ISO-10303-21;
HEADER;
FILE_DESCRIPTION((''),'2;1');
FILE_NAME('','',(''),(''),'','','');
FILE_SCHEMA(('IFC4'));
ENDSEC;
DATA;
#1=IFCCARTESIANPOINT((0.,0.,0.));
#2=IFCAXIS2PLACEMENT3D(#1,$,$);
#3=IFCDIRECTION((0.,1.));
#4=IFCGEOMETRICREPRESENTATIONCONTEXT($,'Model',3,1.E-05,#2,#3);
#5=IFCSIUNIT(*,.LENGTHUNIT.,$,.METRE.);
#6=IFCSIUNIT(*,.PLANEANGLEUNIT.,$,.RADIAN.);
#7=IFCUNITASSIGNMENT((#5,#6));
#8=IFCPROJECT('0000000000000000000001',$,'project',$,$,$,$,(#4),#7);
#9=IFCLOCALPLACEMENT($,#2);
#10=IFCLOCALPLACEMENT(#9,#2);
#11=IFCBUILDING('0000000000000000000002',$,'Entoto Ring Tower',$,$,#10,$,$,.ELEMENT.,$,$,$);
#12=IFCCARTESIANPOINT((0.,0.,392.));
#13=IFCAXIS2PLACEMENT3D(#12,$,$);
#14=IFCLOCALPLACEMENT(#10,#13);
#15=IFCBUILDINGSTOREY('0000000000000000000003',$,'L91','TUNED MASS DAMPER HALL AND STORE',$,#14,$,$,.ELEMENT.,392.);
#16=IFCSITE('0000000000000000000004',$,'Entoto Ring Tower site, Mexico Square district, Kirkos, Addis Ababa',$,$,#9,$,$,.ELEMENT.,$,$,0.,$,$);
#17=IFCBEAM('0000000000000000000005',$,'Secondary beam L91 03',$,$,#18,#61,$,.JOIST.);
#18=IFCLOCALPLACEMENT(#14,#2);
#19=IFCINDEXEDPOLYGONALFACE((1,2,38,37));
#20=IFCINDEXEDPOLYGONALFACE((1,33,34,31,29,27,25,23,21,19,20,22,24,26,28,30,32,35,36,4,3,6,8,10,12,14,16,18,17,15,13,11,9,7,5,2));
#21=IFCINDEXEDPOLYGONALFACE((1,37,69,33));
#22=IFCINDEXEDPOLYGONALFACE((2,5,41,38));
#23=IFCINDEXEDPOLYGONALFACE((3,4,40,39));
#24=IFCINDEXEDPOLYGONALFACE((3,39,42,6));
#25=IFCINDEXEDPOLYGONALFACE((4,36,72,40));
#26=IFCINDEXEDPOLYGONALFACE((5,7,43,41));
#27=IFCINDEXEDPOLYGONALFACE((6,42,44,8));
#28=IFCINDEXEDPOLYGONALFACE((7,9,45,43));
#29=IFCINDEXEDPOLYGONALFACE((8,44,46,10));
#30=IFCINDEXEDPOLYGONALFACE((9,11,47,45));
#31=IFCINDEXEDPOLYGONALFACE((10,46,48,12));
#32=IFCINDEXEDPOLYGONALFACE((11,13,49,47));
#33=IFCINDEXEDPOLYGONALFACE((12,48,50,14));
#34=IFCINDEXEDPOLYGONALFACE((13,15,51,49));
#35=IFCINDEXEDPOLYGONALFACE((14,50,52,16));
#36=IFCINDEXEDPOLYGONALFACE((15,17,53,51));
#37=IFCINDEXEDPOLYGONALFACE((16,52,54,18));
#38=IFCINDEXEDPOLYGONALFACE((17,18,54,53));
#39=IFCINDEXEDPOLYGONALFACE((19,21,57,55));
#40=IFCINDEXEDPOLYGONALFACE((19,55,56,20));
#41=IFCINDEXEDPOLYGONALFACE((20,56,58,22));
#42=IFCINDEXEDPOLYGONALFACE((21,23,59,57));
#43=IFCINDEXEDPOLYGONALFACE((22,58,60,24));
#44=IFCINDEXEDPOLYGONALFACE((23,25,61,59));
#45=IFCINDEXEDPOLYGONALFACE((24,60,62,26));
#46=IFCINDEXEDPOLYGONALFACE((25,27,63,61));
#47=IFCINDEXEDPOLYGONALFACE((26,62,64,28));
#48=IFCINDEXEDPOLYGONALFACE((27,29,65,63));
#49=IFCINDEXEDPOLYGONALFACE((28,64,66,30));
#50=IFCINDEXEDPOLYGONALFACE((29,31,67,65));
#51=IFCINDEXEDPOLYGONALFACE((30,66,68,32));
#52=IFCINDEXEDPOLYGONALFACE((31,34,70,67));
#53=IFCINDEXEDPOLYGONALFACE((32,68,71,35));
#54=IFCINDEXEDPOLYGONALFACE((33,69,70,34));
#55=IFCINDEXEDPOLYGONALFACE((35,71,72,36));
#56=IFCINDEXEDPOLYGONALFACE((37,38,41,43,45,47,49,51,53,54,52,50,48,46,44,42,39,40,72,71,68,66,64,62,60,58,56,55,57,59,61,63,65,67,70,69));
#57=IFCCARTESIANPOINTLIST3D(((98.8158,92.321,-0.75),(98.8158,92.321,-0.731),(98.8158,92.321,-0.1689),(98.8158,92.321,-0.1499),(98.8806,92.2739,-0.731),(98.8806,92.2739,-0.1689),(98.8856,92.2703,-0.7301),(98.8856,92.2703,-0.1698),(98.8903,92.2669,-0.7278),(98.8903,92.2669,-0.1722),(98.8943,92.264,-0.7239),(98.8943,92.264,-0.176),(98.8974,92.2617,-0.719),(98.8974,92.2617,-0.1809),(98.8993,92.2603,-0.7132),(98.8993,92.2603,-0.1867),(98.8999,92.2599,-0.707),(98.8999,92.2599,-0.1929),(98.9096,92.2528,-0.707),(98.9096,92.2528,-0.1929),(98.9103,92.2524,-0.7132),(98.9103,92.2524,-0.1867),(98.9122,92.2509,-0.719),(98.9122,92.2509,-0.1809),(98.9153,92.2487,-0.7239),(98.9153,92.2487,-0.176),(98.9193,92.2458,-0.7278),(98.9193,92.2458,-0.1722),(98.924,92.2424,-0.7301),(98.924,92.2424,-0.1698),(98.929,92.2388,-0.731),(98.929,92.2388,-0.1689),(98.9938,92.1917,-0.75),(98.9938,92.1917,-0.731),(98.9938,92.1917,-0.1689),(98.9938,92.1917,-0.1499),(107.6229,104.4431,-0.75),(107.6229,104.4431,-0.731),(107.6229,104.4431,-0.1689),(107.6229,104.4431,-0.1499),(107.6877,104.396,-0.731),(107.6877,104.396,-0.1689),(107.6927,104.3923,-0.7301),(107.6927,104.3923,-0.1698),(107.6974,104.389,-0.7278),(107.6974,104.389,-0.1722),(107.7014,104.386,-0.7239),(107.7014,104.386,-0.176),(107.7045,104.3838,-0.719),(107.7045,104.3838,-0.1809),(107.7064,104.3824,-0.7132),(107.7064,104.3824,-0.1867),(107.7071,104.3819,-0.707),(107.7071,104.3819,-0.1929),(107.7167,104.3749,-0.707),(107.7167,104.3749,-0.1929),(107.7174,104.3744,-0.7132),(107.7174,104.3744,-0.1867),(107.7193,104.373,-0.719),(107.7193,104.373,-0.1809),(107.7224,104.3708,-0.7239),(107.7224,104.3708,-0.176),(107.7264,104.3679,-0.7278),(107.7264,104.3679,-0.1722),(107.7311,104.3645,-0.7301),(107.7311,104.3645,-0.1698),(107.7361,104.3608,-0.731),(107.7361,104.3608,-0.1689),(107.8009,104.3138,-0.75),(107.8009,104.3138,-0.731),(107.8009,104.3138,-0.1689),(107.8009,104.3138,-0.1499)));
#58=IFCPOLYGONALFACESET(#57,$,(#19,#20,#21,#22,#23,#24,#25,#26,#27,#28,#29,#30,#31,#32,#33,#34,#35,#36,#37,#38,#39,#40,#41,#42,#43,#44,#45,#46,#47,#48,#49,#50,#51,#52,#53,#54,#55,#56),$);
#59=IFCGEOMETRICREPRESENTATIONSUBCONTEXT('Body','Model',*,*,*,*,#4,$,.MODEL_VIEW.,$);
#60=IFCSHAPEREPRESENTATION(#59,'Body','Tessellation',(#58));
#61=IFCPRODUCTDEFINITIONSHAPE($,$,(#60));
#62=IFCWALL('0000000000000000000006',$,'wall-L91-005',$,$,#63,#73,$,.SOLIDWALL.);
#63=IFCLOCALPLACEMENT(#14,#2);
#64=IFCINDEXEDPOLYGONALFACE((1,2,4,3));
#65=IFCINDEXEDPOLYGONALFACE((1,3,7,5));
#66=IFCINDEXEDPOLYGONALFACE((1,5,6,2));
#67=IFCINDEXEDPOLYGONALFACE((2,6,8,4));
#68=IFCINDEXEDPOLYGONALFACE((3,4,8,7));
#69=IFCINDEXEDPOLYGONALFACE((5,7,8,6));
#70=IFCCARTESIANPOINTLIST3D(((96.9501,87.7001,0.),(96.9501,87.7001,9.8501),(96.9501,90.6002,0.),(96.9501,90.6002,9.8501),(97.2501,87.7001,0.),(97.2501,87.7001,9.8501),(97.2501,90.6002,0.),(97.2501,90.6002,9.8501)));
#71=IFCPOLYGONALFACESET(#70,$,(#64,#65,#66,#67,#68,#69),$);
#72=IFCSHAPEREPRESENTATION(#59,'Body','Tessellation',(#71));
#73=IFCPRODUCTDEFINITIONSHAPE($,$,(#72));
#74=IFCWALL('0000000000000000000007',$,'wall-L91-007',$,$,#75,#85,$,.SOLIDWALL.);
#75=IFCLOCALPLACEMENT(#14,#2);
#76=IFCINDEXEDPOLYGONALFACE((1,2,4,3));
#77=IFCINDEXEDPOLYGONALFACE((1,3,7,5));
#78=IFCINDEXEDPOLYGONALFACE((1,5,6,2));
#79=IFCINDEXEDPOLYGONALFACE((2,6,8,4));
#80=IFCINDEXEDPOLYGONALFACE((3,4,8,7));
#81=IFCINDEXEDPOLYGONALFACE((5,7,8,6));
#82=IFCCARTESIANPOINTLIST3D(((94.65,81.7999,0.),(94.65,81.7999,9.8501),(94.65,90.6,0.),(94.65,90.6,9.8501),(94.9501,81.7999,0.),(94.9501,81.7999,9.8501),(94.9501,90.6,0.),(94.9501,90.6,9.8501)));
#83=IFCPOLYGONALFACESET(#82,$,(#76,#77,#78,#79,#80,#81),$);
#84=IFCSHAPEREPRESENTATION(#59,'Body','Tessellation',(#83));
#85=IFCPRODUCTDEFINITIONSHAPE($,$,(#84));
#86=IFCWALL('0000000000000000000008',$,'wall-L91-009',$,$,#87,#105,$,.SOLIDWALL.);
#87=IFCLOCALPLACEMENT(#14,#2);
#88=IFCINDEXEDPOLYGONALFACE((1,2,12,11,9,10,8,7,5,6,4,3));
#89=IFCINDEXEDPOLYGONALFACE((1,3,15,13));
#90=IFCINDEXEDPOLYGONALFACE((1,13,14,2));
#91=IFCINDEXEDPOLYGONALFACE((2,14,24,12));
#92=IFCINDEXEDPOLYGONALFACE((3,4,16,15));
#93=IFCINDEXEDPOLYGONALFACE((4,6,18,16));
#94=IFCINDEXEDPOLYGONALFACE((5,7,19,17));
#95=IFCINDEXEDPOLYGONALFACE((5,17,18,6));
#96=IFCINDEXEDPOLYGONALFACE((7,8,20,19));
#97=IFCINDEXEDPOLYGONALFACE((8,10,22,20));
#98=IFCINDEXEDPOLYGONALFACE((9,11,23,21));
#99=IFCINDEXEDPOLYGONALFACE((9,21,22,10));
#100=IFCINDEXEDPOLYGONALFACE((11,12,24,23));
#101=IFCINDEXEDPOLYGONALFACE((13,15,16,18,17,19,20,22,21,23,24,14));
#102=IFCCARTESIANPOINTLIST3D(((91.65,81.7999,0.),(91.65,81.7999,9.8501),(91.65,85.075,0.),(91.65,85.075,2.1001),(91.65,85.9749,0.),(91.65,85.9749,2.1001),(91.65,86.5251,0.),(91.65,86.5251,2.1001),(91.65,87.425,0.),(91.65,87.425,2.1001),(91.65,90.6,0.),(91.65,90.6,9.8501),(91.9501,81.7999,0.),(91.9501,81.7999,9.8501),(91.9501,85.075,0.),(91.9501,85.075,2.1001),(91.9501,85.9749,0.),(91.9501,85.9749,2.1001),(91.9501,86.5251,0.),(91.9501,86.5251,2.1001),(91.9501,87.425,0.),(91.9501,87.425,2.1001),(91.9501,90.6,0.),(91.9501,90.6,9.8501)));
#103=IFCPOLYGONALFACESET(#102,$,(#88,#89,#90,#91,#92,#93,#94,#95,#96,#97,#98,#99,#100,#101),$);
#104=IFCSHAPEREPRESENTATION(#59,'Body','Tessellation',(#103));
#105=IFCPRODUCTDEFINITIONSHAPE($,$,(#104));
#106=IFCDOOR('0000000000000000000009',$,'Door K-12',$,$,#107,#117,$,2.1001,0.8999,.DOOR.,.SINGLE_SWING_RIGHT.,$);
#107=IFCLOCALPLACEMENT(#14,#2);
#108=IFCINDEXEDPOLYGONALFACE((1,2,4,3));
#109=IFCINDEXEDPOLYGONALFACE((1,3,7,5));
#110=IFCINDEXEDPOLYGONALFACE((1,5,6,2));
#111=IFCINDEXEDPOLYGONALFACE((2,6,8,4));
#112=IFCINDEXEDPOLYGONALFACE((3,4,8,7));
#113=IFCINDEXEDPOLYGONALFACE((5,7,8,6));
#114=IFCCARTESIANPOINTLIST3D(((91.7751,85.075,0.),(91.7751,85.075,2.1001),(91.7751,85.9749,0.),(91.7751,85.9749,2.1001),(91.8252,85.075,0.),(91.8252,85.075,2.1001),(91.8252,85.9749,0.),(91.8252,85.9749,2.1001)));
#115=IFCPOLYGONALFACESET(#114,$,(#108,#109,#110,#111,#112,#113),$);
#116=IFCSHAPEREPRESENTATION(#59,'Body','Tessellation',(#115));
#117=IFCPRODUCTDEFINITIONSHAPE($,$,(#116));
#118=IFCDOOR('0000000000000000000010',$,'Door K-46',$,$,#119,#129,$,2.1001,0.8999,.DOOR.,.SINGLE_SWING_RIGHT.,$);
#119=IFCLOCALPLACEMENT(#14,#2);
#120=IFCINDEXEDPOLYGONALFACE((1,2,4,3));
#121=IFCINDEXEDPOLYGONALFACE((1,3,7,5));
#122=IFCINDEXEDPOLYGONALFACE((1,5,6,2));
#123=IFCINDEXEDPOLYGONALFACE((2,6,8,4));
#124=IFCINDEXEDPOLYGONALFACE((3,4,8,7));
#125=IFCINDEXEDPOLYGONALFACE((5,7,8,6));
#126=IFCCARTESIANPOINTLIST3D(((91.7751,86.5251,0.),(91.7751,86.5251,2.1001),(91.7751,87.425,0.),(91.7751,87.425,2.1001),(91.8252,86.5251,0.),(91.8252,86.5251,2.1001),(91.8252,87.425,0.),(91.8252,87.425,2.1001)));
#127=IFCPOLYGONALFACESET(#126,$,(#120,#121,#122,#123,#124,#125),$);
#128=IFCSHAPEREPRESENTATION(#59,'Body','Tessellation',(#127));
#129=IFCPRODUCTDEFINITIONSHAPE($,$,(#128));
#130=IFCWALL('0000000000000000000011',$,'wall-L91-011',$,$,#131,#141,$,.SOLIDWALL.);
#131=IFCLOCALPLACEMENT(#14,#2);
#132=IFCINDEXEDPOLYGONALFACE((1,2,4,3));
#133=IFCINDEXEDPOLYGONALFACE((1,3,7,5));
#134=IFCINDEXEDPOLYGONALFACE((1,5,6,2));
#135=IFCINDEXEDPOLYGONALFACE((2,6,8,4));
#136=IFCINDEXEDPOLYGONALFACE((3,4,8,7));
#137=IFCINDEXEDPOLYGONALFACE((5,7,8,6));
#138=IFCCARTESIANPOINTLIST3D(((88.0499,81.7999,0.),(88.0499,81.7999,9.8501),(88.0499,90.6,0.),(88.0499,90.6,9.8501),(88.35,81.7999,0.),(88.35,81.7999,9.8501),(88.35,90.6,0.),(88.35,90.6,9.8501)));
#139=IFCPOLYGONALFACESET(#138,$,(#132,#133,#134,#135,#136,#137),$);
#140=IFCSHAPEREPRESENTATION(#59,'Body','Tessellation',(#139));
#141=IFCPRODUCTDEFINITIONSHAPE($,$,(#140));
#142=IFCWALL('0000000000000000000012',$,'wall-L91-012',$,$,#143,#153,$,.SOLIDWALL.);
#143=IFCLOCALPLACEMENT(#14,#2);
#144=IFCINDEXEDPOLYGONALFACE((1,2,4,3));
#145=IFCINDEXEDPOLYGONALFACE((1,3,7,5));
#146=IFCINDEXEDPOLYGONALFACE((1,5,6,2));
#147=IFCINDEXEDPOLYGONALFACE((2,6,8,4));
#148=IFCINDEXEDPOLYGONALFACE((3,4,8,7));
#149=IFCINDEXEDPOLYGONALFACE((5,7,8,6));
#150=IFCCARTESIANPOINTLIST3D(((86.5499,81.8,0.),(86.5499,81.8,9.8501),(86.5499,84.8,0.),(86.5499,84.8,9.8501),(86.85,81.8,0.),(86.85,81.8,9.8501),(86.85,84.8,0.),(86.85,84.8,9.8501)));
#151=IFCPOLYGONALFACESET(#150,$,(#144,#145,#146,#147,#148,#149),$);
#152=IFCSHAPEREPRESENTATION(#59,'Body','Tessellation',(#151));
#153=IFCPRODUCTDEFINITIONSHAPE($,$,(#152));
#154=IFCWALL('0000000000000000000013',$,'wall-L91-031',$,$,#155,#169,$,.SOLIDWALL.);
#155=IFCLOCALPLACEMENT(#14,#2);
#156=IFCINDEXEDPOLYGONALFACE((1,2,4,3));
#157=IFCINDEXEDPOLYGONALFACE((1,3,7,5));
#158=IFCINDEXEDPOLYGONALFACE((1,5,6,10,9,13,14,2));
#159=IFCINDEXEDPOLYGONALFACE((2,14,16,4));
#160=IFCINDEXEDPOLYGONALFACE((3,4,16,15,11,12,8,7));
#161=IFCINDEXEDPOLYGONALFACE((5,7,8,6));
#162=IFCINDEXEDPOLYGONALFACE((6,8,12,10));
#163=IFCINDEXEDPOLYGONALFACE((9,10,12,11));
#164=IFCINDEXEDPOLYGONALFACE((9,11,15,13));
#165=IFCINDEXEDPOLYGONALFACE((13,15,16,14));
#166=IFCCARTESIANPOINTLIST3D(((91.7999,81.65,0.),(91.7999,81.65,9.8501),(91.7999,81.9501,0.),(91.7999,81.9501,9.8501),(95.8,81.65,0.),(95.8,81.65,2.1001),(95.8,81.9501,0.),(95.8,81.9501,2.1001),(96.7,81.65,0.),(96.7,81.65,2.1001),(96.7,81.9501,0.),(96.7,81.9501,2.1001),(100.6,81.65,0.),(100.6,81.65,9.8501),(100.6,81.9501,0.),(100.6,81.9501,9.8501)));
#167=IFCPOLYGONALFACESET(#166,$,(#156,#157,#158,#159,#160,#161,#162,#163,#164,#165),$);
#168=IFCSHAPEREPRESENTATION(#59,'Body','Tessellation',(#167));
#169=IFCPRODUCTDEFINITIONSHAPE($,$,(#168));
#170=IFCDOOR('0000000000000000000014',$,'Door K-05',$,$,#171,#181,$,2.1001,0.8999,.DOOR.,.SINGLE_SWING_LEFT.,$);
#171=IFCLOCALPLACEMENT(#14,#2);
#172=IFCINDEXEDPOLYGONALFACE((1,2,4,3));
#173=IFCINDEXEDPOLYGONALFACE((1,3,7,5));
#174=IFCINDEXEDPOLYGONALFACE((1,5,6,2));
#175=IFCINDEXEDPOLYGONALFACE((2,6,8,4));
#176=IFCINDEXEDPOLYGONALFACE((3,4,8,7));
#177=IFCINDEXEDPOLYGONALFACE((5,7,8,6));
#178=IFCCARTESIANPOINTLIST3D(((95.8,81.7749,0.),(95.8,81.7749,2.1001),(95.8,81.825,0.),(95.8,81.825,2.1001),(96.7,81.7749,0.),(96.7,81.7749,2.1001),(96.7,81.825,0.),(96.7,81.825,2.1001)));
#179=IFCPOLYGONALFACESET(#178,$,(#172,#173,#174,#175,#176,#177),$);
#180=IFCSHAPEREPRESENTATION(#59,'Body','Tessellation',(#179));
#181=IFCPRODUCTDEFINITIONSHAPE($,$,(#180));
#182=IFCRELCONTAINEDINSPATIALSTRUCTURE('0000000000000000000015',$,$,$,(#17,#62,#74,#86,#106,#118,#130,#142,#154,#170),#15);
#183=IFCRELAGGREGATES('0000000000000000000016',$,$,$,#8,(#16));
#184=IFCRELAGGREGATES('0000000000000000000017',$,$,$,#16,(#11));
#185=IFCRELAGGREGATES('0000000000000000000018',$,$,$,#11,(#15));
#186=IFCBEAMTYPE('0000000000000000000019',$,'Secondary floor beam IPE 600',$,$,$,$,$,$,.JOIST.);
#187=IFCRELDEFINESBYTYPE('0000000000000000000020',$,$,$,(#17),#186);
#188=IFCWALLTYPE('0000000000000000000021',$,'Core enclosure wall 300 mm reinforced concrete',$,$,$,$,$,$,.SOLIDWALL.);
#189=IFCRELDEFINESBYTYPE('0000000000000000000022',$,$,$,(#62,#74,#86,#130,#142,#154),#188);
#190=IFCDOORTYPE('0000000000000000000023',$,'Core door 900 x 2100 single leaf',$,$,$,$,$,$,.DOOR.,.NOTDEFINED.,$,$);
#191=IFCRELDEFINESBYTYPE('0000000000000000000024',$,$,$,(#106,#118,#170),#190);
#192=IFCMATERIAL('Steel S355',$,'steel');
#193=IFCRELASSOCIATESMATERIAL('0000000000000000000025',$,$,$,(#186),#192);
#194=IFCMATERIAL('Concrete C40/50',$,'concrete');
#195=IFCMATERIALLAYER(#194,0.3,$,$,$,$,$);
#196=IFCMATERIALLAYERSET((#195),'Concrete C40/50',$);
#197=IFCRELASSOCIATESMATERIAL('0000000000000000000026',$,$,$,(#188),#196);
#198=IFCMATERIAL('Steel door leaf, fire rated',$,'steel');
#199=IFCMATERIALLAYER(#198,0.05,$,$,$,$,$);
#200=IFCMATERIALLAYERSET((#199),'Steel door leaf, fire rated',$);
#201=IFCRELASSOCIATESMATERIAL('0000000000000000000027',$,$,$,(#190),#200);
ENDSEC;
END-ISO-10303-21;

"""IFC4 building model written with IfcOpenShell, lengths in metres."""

from ifc_helpers import new_model, si_unit, direction, frame, frame_2d, origin, origin_2d, place, context, subcontext, project, spatial, rectangle, i_section, extrude, material, layer, layer_set, material_profile, profile_set, type_object, element, fill, save


model = new_model("IFC4")

# Units and contexts
model_context = context("Model", 3, precision=1e-05, world=origin(), true_north=direction((0.0, 1.0)))
body_context = subcontext(model_context, "Body", "Model", "MODEL_VIEW")
ifc_project = project(units=[si_unit("LENGTHUNIT", "METRE"), si_unit("PLANEANGLEUNIT", "RADIAN")], contexts=[model_context])

# Site, building, storey
site_placement = place(None, origin())
site = spatial("IfcSite", under=ifc_project, at=site_placement, Name="Entoto Ring Tower site, Mexico Square district, Kirkos, Addis Ababa", CompositionType="ELEMENT", RefElevation=0.0)
building_placement = place(site_placement, origin())
building = spatial("IfcBuilding", under=site, at=building_placement, Name="Entoto Ring Tower", CompositionType="ELEMENT")
storey_placement = place(building_placement, frame((0.0, 0.0, 392.0)))
storey = spatial("IfcBuildingStorey", under=building, at=storey_placement, Name="L91", Description="TUNED MASS DAMPER HALL AND STORE", CompositionType="ELEMENT", Elevation=392.0)

# Beam
ifc_material_1 = material(Name="Steel S355", Category="steel")
ifc_material_profile_1 = material_profile(ifc_material_1, i_section(OverallWidth=0.22, OverallDepth=0.6001, WebThickness=0.012, FlangeThickness=0.019, FilletRadius=0.0239, at=origin_2d()), Name="IPE 600")
ifc_profile_set_1 = profile_set([ifc_material_profile_1], Name="Steel S355")
beam_type_1 = type_object("IfcBeamType", Name="Secondary floor beam IPE 600", PredefinedType="JOIST", material=ifc_profile_set_1)
beam_1_placement = place(storey_placement, frame((98.9048, 92.2563, -0.45), z_axis=(0.587782, 0.809019, 0.0), x_axis=(-0.809019, 0.587782, 0.0)))
element("IfcBeam", 1, at=beam_1_placement, inside=storey, type_object=beam_type_1, Name="Secondary beam L91 03", PredefinedType="JOIST", context=body_context, shape_type="SweptSolid", body=[
    extrude(i_section(OverallWidth=0.22, OverallDepth=0.6001, WebThickness=0.012, FlangeThickness=0.019, FilletRadius=0.0239, at=origin_2d()), origin(), (0.0, 0.0, 1.0), 14.9836),
])

# Walls
ifc_material_2 = material(Name="Concrete C40/50", Category="concrete")
ifc_layer_1 = layer(ifc_material_2, 0.3)
ifc_layer_set_1 = layer_set([ifc_layer_1], Name="Concrete C40/50")
wall_type_1 = type_object("IfcWallType", Name="Core enclosure wall 300 mm reinforced concrete", PredefinedType="SOLIDWALL", material=ifc_layer_set_1)
wall_1_placement = place(storey_placement, frame((97.1001, 87.7, 0.0), z_axis=(0.0, 0.0, 1.0), x_axis=(0.0, 1.0, 0.0)))
element("IfcWall", 2, at=wall_1_placement, inside=storey, type_object=wall_type_1, Name="wall-L91-005", PredefinedType="SOLIDWALL", context=body_context, shape_type="SweptSolid", body=[
    extrude(rectangle(XDim=2.9001, YDim=0.3, at=frame_2d((1.4502, 0.0))), origin(), (0.0, 0.0, 1.0), 9.8501),
])
wall_2_placement = place(storey_placement, frame((94.8, 81.8, 0.0), z_axis=(0.0, 0.0, 1.0), x_axis=(0.0, 1.0, 0.0)))
element("IfcWall", 3, at=wall_2_placement, inside=storey, type_object=wall_type_1, Name="wall-L91-007", PredefinedType="SOLIDWALL", context=body_context, shape_type="SweptSolid", body=[
    extrude(rectangle(XDim=8.8, YDim=0.3, at=frame_2d((4.3999, 0.0))), origin(), (0.0, 0.0, 1.0), 9.8501),
])

# Wall, openings, doors
wall_3_placement = place(storey_placement, frame((91.8, 81.8, 0.0), z_axis=(0.0, 0.0, 1.0), x_axis=(0.0, 1.0, 0.0)))
wall_3 = element("IfcWall", 4, at=wall_3_placement, inside=storey, type_object=wall_type_1, Name="wall-L91-009", PredefinedType="SOLIDWALL", context=body_context, shape_type="SweptSolid", body=[
    extrude(rectangle(XDim=8.8, YDim=0.3, at=frame_2d((4.3999, 0.0))), origin(), (0.0, 0.0, 1.0), 9.8501),
])
opening_1_placement = place(wall_3_placement, frame((3.2749, 0.0, 0.0)))
opening_1 = element("IfcOpeningElement", 5, at=opening_1_placement, cuts=wall_3, PredefinedType="OPENING", context=body_context, shape_type="SweptSolid", body=[
    extrude(rectangle(XDim=0.8999, YDim=2.1001, at=frame_2d((0.45, 1.05))), frame((0.0, 0.1602, 0.0), z_axis=(0.0, -1.0, 0.0), x_axis=(1.0, 0.0, 0.0)), (0.0, 0.0, 1.0), 0.3201),
])
opening_2_placement = place(wall_3_placement, frame((4.7251, 0.0, 0.0)))
opening_2 = element("IfcOpeningElement", 6, at=opening_2_placement, cuts=wall_3, PredefinedType="OPENING", context=body_context, shape_type="SweptSolid", body=[
    extrude(rectangle(XDim=0.8999, YDim=2.1001, at=frame_2d((0.45, 1.05))), frame((0.0, 0.1602, 0.0), z_axis=(0.0, -1.0, 0.0), x_axis=(1.0, 0.0, 0.0)), (0.0, 0.0, 1.0), 0.3201),
])
ifc_material_3 = material(Name="Steel door leaf, fire rated", Category="steel")
ifc_layer_2 = layer(ifc_material_3, 0.05)
ifc_layer_set_2 = layer_set([ifc_layer_2], Name="Steel door leaf, fire rated")
door_type_1 = type_object("IfcDoorType", Name="Core door 900 x 2100 single leaf", OperationType="NOTDEFINED", PredefinedType="DOOR", material=ifc_layer_set_2)
door_1_placement = place(opening_1_placement, origin())
door_1 = element("IfcDoor", 7, at=door_1_placement, inside=storey, type_object=door_type_1, Name="Door K-12", OperationType="SINGLE_SWING_RIGHT", OverallHeight=2.1001, OverallWidth=0.8999, PredefinedType="DOOR", context=body_context, shape_type="SweptSolid", body=[
    extrude(rectangle(XDim=0.8999, YDim=2.1001, at=frame_2d((0.45, 1.05))), frame((0.0, 0.0249, 0.0), z_axis=(0.0, -1.0, 0.0), x_axis=(1.0, 0.0, 0.0)), (0.0, 0.0, 1.0), 0.05),
])
fill(opening_1, door_1)
door_2_placement = place(opening_2_placement, origin())
door_2 = element("IfcDoor", 8, at=door_2_placement, inside=storey, type_object=door_type_1, Name="Door K-46", OperationType="SINGLE_SWING_RIGHT", OverallHeight=2.1001, OverallWidth=0.8999, PredefinedType="DOOR", context=body_context, shape_type="SweptSolid", body=[
    extrude(rectangle(XDim=0.8999, YDim=2.1001, at=frame_2d((0.45, 1.05))), frame((0.0, 0.0249, 0.0), z_axis=(0.0, -1.0, 0.0), x_axis=(1.0, 0.0, 0.0)), (0.0, 0.0, 1.0), 0.05),
])
fill(opening_2, door_2)

# Walls
wall_4_placement = place(storey_placement, frame((88.2, 81.8, 0.0), z_axis=(0.0, 0.0, 1.0), x_axis=(0.0, 1.0, 0.0)))
element("IfcWall", 9, at=wall_4_placement, inside=storey, type_object=wall_type_1, Name="wall-L91-011", PredefinedType="SOLIDWALL", context=body_context, shape_type="SweptSolid", body=[
    extrude(rectangle(XDim=8.8, YDim=0.3, at=frame_2d((4.3999, 0.0))), origin(), (0.0, 0.0, 1.0), 9.8501),
])
wall_5_placement = place(storey_placement, frame((86.7, 81.8, 0.0), z_axis=(0.0, 0.0, 1.0), x_axis=(0.0, 1.0, 0.0)))
element("IfcWall", 10, at=wall_5_placement, inside=storey, type_object=wall_type_1, Name="wall-L91-012", PredefinedType="SOLIDWALL", context=body_context, shape_type="SweptSolid", body=[
    extrude(rectangle(XDim=3.0, YDim=0.3, at=frame_2d((1.5, 0.0))), origin(), (0.0, 0.0, 1.0), 9.8501),
])

# Wall, opening, door
wall_6_placement = place(storey_placement, frame((91.8, 81.8, 0.0), z_axis=(0.0, 0.0, 1.0), x_axis=(1.0, 0.0, 0.0)))
wall_6 = element("IfcWall", 11, at=wall_6_placement, inside=storey, type_object=wall_type_1, Name="wall-L91-031", PredefinedType="SOLIDWALL", context=body_context, shape_type="SweptSolid", body=[
    extrude(rectangle(XDim=8.8, YDim=0.3, at=frame_2d((4.3999, 0.0))), origin(), (0.0, 0.0, 1.0), 9.8501),
])
opening_3_placement = place(wall_6_placement, frame((4.0, 0.0, 0.0)))
opening_3 = element("IfcOpeningElement", 12, at=opening_3_placement, cuts=wall_6, PredefinedType="OPENING", context=body_context, shape_type="SweptSolid", body=[
    extrude(rectangle(XDim=0.8999, YDim=2.1001, at=frame_2d((0.45, 1.05))), frame((0.0, 0.1602, 0.0), z_axis=(0.0, -1.0, 0.0), x_axis=(1.0, 0.0, 0.0)), (0.0, 0.0, 1.0), 0.3201),
])
door_3_placement = place(opening_3_placement, origin())
door_3 = element("IfcDoor", 13, at=door_3_placement, inside=storey, type_object=door_type_1, Name="Door K-05", OperationType="SINGLE_SWING_LEFT", OverallHeight=2.1001, OverallWidth=0.8999, PredefinedType="DOOR", context=body_context, shape_type="SweptSolid", body=[
    extrude(rectangle(XDim=0.8999, YDim=2.1001, at=frame_2d((0.45, 1.05))), frame((0.0, 0.0249, 0.0), z_axis=(0.0, -1.0, 0.0), x_axis=(1.0, 0.0, 0.0)), (0.0, 0.0, 1.0), 0.05),
])
fill(opening_3, door_3)

save(model, "model.ifc")
